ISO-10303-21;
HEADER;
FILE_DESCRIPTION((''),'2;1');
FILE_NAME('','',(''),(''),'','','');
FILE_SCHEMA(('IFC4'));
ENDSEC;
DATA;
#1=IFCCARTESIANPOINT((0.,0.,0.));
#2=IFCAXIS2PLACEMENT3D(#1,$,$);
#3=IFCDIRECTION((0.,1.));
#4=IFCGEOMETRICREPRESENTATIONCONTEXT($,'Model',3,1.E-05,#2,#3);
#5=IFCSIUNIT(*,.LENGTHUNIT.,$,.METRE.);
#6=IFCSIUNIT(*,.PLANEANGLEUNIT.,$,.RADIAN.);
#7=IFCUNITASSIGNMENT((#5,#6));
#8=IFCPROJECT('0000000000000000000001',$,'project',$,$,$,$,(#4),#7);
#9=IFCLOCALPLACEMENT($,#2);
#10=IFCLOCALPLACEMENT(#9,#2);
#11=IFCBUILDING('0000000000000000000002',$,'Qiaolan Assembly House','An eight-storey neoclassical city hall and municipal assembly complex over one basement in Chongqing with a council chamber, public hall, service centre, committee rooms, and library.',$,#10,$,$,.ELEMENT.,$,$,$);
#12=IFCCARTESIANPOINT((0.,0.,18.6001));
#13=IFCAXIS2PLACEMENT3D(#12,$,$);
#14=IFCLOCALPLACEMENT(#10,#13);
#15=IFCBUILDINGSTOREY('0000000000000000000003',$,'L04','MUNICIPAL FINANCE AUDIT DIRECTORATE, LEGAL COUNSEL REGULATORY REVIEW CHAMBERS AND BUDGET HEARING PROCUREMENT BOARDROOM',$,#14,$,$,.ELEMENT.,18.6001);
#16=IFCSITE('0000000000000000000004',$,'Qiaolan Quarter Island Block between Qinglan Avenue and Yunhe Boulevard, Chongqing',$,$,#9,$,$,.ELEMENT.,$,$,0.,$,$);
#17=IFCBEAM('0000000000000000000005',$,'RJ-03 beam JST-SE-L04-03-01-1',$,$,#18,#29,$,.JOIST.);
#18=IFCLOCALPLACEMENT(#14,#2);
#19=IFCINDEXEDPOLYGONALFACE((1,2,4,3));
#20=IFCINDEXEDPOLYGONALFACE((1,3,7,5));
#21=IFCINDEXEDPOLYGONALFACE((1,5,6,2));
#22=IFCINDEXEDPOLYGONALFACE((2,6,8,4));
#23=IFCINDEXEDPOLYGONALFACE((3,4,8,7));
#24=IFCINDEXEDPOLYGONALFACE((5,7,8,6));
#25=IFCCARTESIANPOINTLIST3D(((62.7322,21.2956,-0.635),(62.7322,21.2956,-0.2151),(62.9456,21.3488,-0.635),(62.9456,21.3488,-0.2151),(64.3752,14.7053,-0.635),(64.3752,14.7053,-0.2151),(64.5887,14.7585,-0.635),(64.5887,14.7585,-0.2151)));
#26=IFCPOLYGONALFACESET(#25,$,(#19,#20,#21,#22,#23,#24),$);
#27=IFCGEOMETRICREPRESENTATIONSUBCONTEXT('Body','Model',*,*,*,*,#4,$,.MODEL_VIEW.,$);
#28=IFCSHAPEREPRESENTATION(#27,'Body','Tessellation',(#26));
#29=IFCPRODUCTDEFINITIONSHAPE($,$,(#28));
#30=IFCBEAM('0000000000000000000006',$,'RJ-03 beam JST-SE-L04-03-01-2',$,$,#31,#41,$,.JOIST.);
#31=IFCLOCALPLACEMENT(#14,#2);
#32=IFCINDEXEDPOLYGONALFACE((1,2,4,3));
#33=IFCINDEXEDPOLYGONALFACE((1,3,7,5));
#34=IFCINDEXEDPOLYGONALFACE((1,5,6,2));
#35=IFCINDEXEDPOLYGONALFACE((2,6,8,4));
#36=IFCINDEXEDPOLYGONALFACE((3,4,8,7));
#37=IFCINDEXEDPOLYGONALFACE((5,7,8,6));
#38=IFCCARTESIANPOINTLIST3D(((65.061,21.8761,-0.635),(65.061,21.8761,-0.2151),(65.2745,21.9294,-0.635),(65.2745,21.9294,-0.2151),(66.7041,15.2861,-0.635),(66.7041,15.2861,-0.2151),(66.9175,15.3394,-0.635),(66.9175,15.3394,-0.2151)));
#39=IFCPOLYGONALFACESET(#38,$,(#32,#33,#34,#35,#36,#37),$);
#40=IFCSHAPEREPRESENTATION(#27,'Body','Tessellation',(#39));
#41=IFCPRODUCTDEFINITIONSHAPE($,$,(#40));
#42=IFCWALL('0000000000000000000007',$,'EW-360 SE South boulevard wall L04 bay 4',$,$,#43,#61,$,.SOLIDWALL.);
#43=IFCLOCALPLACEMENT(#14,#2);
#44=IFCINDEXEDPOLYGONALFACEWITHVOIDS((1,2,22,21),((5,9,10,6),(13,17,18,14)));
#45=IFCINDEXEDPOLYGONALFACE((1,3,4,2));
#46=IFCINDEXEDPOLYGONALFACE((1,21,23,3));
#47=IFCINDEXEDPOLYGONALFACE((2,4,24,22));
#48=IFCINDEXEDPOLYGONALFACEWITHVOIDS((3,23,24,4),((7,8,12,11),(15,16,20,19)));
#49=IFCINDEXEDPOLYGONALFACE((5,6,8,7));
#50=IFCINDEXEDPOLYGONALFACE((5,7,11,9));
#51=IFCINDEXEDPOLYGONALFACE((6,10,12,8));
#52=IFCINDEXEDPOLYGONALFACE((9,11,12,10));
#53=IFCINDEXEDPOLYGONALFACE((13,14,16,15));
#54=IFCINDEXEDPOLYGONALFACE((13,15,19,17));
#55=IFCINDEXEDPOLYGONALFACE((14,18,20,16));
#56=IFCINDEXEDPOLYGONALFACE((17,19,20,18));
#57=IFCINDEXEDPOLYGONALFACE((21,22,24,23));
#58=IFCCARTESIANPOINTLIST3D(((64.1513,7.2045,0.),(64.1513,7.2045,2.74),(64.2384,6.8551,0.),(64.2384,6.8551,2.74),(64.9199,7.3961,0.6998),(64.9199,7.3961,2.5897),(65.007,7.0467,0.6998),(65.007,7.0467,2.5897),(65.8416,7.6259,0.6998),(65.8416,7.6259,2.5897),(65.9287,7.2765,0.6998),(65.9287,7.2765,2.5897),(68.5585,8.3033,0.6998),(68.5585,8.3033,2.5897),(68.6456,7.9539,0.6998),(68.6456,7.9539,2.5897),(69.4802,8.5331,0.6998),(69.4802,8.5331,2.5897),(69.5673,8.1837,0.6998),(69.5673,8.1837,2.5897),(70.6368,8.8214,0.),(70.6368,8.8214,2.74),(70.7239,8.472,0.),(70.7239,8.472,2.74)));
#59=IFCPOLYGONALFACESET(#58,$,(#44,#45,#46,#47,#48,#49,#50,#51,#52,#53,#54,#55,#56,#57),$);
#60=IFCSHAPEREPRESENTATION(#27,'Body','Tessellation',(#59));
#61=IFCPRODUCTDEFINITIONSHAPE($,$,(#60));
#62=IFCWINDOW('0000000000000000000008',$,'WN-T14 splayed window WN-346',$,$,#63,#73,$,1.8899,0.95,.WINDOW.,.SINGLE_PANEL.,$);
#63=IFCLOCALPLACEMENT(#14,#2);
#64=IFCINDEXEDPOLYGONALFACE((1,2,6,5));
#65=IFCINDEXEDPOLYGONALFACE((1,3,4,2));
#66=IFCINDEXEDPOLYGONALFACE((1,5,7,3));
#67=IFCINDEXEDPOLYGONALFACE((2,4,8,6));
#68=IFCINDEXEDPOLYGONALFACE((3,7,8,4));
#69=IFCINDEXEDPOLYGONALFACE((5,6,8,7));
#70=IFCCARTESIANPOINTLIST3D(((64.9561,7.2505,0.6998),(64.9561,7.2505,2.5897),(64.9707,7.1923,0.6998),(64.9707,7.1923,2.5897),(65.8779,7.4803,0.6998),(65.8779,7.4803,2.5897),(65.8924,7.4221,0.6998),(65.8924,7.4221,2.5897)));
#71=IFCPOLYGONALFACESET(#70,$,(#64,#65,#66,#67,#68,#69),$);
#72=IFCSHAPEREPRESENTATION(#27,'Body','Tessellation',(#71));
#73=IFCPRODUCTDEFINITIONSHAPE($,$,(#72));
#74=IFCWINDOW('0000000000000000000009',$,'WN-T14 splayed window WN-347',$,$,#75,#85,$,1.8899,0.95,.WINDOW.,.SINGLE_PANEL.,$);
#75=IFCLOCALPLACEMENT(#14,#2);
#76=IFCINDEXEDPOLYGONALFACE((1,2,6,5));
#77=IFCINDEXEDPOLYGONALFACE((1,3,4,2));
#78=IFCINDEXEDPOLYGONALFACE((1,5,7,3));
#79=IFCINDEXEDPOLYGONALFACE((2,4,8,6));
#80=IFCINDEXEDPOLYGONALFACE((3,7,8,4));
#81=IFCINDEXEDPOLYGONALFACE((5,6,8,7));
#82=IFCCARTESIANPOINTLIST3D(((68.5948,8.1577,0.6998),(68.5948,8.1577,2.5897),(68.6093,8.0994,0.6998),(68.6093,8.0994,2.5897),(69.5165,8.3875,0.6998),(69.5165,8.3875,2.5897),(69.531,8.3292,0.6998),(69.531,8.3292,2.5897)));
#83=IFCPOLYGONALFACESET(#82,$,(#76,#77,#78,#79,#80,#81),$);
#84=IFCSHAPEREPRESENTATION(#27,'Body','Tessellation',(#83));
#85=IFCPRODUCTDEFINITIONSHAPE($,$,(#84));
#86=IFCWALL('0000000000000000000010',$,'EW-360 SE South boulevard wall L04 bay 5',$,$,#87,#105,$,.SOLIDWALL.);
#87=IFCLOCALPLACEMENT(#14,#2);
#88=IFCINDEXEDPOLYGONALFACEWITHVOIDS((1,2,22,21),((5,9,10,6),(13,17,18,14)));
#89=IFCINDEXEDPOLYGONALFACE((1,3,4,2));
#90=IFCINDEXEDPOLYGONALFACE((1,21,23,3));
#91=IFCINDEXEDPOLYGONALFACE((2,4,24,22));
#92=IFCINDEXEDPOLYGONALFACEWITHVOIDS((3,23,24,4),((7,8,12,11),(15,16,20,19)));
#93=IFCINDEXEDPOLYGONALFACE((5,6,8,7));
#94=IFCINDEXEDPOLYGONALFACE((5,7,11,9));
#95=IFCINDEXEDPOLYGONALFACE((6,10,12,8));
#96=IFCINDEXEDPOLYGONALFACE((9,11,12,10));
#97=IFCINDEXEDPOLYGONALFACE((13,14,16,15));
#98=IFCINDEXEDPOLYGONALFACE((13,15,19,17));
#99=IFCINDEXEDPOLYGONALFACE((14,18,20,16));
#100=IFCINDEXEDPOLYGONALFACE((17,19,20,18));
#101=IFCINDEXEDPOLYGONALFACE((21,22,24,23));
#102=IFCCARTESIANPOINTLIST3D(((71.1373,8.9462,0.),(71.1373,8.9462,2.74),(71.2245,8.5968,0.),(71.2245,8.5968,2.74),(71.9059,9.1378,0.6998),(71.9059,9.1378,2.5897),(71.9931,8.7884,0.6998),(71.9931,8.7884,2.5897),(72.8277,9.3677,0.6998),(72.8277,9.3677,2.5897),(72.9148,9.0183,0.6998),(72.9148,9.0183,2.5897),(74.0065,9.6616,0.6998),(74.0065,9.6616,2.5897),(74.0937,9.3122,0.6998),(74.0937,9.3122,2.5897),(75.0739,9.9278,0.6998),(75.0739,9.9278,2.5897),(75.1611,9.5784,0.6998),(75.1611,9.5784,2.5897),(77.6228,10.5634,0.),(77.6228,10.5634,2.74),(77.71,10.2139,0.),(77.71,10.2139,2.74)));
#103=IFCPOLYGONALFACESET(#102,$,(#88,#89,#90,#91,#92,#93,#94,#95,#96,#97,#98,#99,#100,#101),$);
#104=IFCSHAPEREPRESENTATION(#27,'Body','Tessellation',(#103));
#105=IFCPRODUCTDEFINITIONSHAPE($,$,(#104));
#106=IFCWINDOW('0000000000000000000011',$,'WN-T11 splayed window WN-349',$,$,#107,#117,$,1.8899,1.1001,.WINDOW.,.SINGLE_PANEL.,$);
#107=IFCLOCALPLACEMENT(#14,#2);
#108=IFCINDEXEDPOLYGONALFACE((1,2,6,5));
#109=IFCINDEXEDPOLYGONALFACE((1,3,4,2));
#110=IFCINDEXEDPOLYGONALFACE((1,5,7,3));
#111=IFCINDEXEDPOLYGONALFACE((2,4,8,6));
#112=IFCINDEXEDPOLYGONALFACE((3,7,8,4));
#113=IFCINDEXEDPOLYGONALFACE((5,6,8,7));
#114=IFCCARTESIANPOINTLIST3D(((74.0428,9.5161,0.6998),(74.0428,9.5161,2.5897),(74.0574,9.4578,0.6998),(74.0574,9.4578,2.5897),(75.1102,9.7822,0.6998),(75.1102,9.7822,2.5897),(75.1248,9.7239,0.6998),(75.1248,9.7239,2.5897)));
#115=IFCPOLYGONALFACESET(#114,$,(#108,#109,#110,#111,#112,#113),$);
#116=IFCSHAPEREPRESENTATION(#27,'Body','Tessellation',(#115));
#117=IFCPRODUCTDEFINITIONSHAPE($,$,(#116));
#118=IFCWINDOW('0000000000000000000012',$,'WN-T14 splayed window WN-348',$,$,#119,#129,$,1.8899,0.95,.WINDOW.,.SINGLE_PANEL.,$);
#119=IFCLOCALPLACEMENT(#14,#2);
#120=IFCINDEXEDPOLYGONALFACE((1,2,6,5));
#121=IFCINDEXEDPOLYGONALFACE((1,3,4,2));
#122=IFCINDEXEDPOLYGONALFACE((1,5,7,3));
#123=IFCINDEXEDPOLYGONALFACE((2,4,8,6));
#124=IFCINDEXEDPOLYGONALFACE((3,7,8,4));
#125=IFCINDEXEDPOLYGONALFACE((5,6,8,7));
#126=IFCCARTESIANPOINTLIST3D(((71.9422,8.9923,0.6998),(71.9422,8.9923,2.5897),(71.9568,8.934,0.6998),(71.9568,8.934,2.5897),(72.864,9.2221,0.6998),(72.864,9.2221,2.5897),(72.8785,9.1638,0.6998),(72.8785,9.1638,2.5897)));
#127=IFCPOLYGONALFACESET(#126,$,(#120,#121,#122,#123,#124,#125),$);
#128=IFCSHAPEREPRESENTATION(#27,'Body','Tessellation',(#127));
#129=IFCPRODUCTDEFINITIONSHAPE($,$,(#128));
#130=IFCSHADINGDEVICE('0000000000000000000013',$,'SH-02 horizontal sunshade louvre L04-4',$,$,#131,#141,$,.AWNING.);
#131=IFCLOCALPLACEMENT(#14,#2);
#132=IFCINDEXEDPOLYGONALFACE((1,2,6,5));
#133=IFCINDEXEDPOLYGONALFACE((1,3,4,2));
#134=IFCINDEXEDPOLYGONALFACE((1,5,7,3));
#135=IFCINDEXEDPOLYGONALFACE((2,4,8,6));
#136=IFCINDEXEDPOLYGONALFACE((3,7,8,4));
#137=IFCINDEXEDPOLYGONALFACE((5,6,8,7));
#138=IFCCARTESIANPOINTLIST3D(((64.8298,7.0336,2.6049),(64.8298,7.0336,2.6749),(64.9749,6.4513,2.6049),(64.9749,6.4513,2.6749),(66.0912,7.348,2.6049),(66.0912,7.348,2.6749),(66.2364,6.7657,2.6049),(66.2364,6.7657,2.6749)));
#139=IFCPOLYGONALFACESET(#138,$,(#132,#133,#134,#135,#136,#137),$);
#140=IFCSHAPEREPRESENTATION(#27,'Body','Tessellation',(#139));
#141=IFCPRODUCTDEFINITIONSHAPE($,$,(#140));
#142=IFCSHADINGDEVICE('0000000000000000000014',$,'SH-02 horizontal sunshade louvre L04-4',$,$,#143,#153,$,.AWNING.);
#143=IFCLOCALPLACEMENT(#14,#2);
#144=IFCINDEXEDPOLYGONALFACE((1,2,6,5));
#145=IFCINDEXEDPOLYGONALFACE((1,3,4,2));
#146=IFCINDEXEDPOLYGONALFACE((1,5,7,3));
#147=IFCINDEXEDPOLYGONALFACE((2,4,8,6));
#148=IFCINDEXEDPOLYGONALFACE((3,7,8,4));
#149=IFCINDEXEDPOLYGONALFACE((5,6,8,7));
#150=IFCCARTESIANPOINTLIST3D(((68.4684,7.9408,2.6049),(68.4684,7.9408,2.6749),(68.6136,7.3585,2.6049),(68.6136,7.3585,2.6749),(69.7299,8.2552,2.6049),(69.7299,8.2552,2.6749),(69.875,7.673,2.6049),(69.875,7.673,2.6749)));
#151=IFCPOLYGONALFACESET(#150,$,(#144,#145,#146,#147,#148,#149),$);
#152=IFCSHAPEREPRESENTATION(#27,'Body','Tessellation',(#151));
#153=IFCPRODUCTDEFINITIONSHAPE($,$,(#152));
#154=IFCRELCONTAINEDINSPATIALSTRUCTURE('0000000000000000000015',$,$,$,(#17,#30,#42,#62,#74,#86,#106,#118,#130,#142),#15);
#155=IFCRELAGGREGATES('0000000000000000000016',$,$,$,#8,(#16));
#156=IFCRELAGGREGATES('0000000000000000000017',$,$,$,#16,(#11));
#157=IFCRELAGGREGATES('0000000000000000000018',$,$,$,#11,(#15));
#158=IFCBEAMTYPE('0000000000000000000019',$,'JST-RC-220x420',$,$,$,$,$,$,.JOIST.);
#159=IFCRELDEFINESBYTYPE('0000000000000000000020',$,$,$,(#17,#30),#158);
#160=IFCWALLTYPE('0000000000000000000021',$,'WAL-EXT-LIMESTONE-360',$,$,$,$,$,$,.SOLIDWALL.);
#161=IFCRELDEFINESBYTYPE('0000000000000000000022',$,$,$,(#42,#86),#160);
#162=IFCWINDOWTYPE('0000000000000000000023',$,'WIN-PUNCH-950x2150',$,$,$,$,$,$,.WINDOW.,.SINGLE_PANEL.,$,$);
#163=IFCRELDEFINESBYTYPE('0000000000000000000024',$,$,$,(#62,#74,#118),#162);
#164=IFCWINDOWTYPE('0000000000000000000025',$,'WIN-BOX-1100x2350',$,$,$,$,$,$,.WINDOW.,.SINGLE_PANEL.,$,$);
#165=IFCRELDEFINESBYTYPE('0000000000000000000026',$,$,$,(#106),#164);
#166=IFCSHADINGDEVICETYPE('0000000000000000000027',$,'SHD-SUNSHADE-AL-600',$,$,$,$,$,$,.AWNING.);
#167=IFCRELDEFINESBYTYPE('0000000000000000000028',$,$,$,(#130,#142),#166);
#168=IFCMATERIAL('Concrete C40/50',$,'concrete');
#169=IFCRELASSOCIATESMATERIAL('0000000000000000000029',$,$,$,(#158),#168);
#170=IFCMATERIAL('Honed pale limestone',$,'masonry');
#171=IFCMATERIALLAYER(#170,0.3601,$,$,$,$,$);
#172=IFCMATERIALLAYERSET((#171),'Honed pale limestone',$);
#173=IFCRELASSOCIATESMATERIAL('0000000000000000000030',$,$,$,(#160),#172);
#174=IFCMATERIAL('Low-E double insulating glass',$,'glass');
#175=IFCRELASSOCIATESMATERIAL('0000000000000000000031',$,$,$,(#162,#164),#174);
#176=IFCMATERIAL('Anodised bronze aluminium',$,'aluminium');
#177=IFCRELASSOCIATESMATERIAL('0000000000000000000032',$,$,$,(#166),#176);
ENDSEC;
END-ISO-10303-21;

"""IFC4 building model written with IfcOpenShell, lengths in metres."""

from ifc_helpers import new_model, si_unit, direction, frame, frame_2d, origin, origin_2d, place, context, subcontext, project, spatial, rectangle, extrude, material, layer, layer_set, material_profile, profile_set, type_object, element, fill, save


model = new_model("IFC4")

# Units and contexts
model_context = context("Model", 3, precision=1e-05, world=origin(), true_north=direction((0.0, 1.0)))
body_context = subcontext(model_context, "Body", "Model", "MODEL_VIEW")
ifc_project = project(units=[si_unit("LENGTHUNIT", "METRE"), si_unit("PLANEANGLEUNIT", "RADIAN")], contexts=[model_context])

# Site, building, storey
site_placement = place(None, origin())
site = spatial("IfcSite", under=ifc_project, at=site_placement, Name="Qiaolan Quarter Island Block between Qinglan Avenue and Yunhe Boulevard, Chongqing", CompositionType="ELEMENT", RefElevation=0.0)
building_placement = place(site_placement, origin())
building = spatial("IfcBuilding", under=site, at=building_placement, Name="Qiaolan Assembly House", Description="An eight-storey neoclassical city hall and municipal assembly complex over one basement in Chongqing with a council chamber, public hall, service centre, committee rooms, and library.", CompositionType="ELEMENT")
storey_placement = place(building_placement, frame((0.0, 0.0, 18.6001)))
storey = spatial("IfcBuildingStorey", under=building, at=storey_placement, Name="L04", Description="MUNICIPAL FINANCE AUDIT DIRECTORATE, LEGAL COUNSEL REGULATORY REVIEW CHAMBERS AND BUDGET HEARING PROCUREMENT BOARDROOM", CompositionType="ELEMENT", Elevation=18.6001)

# Shared definitions
ifc_material_1 = material(Name="Concrete C40/50", Category="concrete")

# Beams
ifc_material_profile_1 = material_profile(ifc_material_1, rectangle(XDim=0.22, YDim=0.4199, at=origin_2d()), Name="RCB 220x420")
ifc_profile_set_1 = profile_set([ifc_material_profile_1], Name="Concrete C40/50")
beam_type_1 = type_object("IfcBeamType", Name="JST-RC-220x420", PredefinedType="JOIST", material=ifc_profile_set_1)
for number, where, z_axis, x_axis, name in (
    (1, (64.4819, 14.7319, -0.425), (-0.24191, 0.970299, 0.0), (-0.970299, -0.24191, 0.0), "RJ-03 beam JST-SE-L04-03-01-1"),
):
    element("IfcBeam", number, at=place(storey_placement, frame(where, z_axis=z_axis, x_axis=x_axis)), inside=storey, type_object=beam_type_1, Name=name, PredefinedType="JOIST", context=body_context, shape_type="SweptSolid", body=[
        extrude(rectangle(XDim=0.22, YDim=0.4199, at=origin_2d()), origin(), (0.0, 0.0, 1.0), 6.792),
    ])
beam_1_placement = place(storey_placement, frame((66.8108, 15.3127, -0.425), z_axis=(-0.241918, 0.970297, 0.0), x_axis=(-0.970297, -0.241918, 0.0)))
element("IfcBeam", 2, at=beam_1_placement, inside=storey, type_object=beam_type_1, Name="RJ-03 beam JST-SE-L04-03-01-2", PredefinedType="JOIST", context=body_context, shape_type="SweptSolid", body=[
    extrude(rectangle(XDim=0.22, YDim=0.4199, at=origin_2d()), origin(), (0.0, 0.0, 1.0), 6.7917),
])

# Walls, openings, windows
ifc_material_2 = material(Name="Honed pale limestone", Category="masonry")
ifc_layer = layer(ifc_material_2, 0.3601)
ifc_layer_set = layer_set([ifc_layer], Name="Honed pale limestone")
wall_type = type_object("IfcWallType", Name="WAL-EXT-LIMESTONE-360", PredefinedType="SOLIDWALL", material=ifc_layer_set)
wall_1_placement = place(storey_placement, frame((64.1948, 7.0298, 0.0), z_axis=(0.0, 0.0, 1.0), x_axis=(0.970299, 0.241908, 0.0)))
wall_1 = element("IfcWall", 3, at=wall_1_placement, inside=storey, type_object=wall_type, Name="EW-360 SE South boulevard wall L04 bay 4", PredefinedType="SOLIDWALL", context=body_context, shape_type="SweptSolid", body=[
    extrude(rectangle(XDim=6.6841, YDim=0.3601, at=frame_2d((3.342, 0.0))), origin(), (0.0, 0.0, 1.0), 2.74),
])
opening_1_placement = place(wall_1_placement, frame((0.792, 0.0, 0.7)))
opening_1 = element("IfcOpeningElement", 4, at=opening_1_placement, cuts=wall_1, PredefinedType="OPENING", context=body_context, shape_type="SweptSolid", body=[
    extrude(rectangle(XDim=0.95, YDim=1.8899, at=frame_2d((0.4751, 0.9448))), frame((0.0, 0.1899, 0.0), z_axis=(0.0, -1.0, 0.0), x_axis=(1.0, 0.0, 0.0)), (0.0, 0.0, 1.0), 0.3801),
])
opening_2_placement = place(wall_1_placement, frame((4.542, 0.0, 0.7)))
opening_2 = element("IfcOpeningElement", 5, at=opening_2_placement, cuts=wall_1, PredefinedType="OPENING", context=body_context, shape_type="SweptSolid", body=[
    extrude(rectangle(XDim=0.95, YDim=1.8899, at=frame_2d((0.4751, 0.9448))), frame((0.0, 0.1899, 0.0), z_axis=(0.0, -1.0, 0.0), x_axis=(1.0, 0.0, 0.0)), (0.0, 0.0, 1.0), 0.3801),
])
ifc_material_3 = material(Name="Low-E double insulating glass", Category="glass")
window_type_1 = type_object("IfcWindowType", Name="WIN-PUNCH-950x2150", PartitioningType="SINGLE_PANEL", PredefinedType="WINDOW", material=ifc_material_3)
window_1_placement = place(opening_1_placement, origin())
window_1 = element("IfcWindow", 6, at=window_1_placement, inside=storey, type_object=window_type_1, Name="WN-T14 splayed window WN-346", OverallHeight=1.8899, OverallWidth=0.95, PartitioningType="SINGLE_PANEL", PredefinedType="WINDOW", context=body_context, shape_type="SweptSolid", body=[
    extrude(rectangle(XDim=0.95, YDim=1.8899, at=frame_2d((0.4751, 0.9448))), frame((0.0, 0.03, 0.0), z_axis=(0.0, -1.0, 0.0), x_axis=(1.0, 0.0, 0.0)), (0.0, 0.0, 1.0), 0.0601),
])
fill(opening_1, window_1)
window_2_placement = place(opening_2_placement, origin())
window_2 = element("IfcWindow", 7, at=window_2_placement, inside=storey, type_object=window_type_1, Name="WN-T14 splayed window WN-347", OverallHeight=1.8899, OverallWidth=0.95, PartitioningType="SINGLE_PANEL", PredefinedType="WINDOW", context=body_context, shape_type="SweptSolid", body=[
    extrude(rectangle(XDim=0.95, YDim=1.8899, at=frame_2d((0.4751, 0.9448))), frame((0.0, 0.03, 0.0), z_axis=(0.0, -1.0, 0.0), x_axis=(1.0, 0.0, 0.0)), (0.0, 0.0, 1.0), 0.0601),
])
fill(opening_2, window_2)
wall_2_placement = place(storey_placement, frame((71.1809, 8.7715, 0.0), z_axis=(0.0, 0.0, 1.0), x_axis=(0.970291, 0.241943, 0.0)))
wall_2 = element("IfcWall", 8, at=wall_2_placement, inside=storey, type_object=wall_type, Name="EW-360 SE South boulevard wall L04 bay 5", PredefinedType="SOLIDWALL", context=body_context, shape_type="SweptSolid", body=[
    extrude(rectangle(XDim=6.6841, YDim=0.3601, at=frame_2d((3.342, 0.0))), origin(), (0.0, 0.0, 1.0), 2.74),
])
opening_3_placement = place(wall_2_placement, frame((0.792, 0.0, 0.7)))
opening_3 = element("IfcOpeningElement", 9, at=opening_3_placement, cuts=wall_2, PredefinedType="OPENING", context=body_context, shape_type="SweptSolid", body=[
    extrude(rectangle(XDim=0.95, YDim=1.8899, at=frame_2d((0.4751, 0.9448))), frame((0.0, 0.1899, 0.0), z_axis=(0.0, -1.0, 0.0), x_axis=(1.0, 0.0, 0.0)), (0.0, 0.0, 1.0), 0.3801),
])
opening_4_placement = place(wall_2_placement, frame((2.957, 0.0, 0.7)))
opening_4 = element("IfcOpeningElement", 10, at=opening_4_placement, cuts=wall_2, PredefinedType="OPENING", context=body_context, shape_type="SweptSolid", body=[
    extrude(rectangle(XDim=1.1001, YDim=1.8899, at=frame_2d((0.55, 0.9448))), frame((0.0, 0.1899, 0.0), z_axis=(0.0, -1.0, 0.0), x_axis=(1.0, 0.0, 0.0)), (0.0, 0.0, 1.0), 0.3801),
])
window_type_2 = type_object("IfcWindowType", Name="WIN-BOX-1100x2350", PartitioningType="SINGLE_PANEL", PredefinedType="WINDOW", material=ifc_material_3)
window_3_placement = place(opening_4_placement, origin())
window_3 = element("IfcWindow", 11, at=window_3_placement, inside=storey, type_object=window_type_2, Name="WN-T11 splayed window WN-349", OverallHeight=1.8899, OverallWidth=1.1001, PartitioningType="SINGLE_PANEL", PredefinedType="WINDOW", context=body_context, shape_type="SweptSolid", body=[
    extrude(rectangle(XDim=1.1001, YDim=1.8899, at=frame_2d((0.55, 0.9448))), frame((0.0, 0.03, 0.0), z_axis=(0.0, -1.0, 0.0), x_axis=(1.0, 0.0, 0.0)), (0.0, 0.0, 1.0), 0.0601),
])
fill(opening_4, window_3)
window_4_placement = place(opening_3_placement, origin())
window_4 = element("IfcWindow", 12, at=window_4_placement, inside=storey, type_object=window_type_1, Name="WN-T14 splayed window WN-348", OverallHeight=1.8899, OverallWidth=0.95, PartitioningType="SINGLE_PANEL", PredefinedType="WINDOW", context=body_context, shape_type="SweptSolid", body=[
    extrude(rectangle(XDim=0.95, YDim=1.8899, at=frame_2d((0.4751, 0.9448))), frame((0.0, 0.03, 0.0), z_axis=(0.0, -1.0, 0.0), x_axis=(1.0, 0.0, 0.0)), (0.0, 0.0, 1.0), 0.0601),
])
fill(opening_3, window_4)

# Shading devices
ifc_material_4 = material(Name="Anodised bronze aluminium", Category="aluminium")
ifc_material_profile_2 = material_profile(ifc_material_4, rectangle(XDim=0.6001, YDim=0.0701, at=origin_2d()), Name="SHD 600x70")
ifc_profile_set_2 = profile_set([ifc_material_profile_2], Name="Anodised bronze aluminium")
shading_device_type = type_object("IfcShadingDeviceType", Name="SHD-SUNSHADE-AL-600", PredefinedType="AWNING", material=ifc_profile_set_2)
for number, where, z_axis, x_axis, name in (
    (13, (64.9023, 6.7424, 2.6399), (0.970308, 0.241873, 0.0), (-0.241873, 0.970308, 0.0), "SH-02 horizontal sunshade louvre L04-4"),
    (14, (68.541, 7.6497, 2.6399), (0.970308, 0.241873, 0.0), (-0.241873, 0.970308, 0.0), "SH-02 horizontal sunshade louvre L04-4"),
):
    element("IfcShadingDevice", number, at=place(storey_placement, frame(where, z_axis=z_axis, x_axis=x_axis)), inside=storey, type_object=shading_device_type, Name=name, PredefinedType="AWNING", context=body_context, shape_type="SweptSolid", body=[
        extrude(rectangle(XDim=0.6001, YDim=0.0701, at=origin_2d()), origin(), (0.0, 0.0, 1.0), 1.3),
    ])

save(model, "model.ifc")
